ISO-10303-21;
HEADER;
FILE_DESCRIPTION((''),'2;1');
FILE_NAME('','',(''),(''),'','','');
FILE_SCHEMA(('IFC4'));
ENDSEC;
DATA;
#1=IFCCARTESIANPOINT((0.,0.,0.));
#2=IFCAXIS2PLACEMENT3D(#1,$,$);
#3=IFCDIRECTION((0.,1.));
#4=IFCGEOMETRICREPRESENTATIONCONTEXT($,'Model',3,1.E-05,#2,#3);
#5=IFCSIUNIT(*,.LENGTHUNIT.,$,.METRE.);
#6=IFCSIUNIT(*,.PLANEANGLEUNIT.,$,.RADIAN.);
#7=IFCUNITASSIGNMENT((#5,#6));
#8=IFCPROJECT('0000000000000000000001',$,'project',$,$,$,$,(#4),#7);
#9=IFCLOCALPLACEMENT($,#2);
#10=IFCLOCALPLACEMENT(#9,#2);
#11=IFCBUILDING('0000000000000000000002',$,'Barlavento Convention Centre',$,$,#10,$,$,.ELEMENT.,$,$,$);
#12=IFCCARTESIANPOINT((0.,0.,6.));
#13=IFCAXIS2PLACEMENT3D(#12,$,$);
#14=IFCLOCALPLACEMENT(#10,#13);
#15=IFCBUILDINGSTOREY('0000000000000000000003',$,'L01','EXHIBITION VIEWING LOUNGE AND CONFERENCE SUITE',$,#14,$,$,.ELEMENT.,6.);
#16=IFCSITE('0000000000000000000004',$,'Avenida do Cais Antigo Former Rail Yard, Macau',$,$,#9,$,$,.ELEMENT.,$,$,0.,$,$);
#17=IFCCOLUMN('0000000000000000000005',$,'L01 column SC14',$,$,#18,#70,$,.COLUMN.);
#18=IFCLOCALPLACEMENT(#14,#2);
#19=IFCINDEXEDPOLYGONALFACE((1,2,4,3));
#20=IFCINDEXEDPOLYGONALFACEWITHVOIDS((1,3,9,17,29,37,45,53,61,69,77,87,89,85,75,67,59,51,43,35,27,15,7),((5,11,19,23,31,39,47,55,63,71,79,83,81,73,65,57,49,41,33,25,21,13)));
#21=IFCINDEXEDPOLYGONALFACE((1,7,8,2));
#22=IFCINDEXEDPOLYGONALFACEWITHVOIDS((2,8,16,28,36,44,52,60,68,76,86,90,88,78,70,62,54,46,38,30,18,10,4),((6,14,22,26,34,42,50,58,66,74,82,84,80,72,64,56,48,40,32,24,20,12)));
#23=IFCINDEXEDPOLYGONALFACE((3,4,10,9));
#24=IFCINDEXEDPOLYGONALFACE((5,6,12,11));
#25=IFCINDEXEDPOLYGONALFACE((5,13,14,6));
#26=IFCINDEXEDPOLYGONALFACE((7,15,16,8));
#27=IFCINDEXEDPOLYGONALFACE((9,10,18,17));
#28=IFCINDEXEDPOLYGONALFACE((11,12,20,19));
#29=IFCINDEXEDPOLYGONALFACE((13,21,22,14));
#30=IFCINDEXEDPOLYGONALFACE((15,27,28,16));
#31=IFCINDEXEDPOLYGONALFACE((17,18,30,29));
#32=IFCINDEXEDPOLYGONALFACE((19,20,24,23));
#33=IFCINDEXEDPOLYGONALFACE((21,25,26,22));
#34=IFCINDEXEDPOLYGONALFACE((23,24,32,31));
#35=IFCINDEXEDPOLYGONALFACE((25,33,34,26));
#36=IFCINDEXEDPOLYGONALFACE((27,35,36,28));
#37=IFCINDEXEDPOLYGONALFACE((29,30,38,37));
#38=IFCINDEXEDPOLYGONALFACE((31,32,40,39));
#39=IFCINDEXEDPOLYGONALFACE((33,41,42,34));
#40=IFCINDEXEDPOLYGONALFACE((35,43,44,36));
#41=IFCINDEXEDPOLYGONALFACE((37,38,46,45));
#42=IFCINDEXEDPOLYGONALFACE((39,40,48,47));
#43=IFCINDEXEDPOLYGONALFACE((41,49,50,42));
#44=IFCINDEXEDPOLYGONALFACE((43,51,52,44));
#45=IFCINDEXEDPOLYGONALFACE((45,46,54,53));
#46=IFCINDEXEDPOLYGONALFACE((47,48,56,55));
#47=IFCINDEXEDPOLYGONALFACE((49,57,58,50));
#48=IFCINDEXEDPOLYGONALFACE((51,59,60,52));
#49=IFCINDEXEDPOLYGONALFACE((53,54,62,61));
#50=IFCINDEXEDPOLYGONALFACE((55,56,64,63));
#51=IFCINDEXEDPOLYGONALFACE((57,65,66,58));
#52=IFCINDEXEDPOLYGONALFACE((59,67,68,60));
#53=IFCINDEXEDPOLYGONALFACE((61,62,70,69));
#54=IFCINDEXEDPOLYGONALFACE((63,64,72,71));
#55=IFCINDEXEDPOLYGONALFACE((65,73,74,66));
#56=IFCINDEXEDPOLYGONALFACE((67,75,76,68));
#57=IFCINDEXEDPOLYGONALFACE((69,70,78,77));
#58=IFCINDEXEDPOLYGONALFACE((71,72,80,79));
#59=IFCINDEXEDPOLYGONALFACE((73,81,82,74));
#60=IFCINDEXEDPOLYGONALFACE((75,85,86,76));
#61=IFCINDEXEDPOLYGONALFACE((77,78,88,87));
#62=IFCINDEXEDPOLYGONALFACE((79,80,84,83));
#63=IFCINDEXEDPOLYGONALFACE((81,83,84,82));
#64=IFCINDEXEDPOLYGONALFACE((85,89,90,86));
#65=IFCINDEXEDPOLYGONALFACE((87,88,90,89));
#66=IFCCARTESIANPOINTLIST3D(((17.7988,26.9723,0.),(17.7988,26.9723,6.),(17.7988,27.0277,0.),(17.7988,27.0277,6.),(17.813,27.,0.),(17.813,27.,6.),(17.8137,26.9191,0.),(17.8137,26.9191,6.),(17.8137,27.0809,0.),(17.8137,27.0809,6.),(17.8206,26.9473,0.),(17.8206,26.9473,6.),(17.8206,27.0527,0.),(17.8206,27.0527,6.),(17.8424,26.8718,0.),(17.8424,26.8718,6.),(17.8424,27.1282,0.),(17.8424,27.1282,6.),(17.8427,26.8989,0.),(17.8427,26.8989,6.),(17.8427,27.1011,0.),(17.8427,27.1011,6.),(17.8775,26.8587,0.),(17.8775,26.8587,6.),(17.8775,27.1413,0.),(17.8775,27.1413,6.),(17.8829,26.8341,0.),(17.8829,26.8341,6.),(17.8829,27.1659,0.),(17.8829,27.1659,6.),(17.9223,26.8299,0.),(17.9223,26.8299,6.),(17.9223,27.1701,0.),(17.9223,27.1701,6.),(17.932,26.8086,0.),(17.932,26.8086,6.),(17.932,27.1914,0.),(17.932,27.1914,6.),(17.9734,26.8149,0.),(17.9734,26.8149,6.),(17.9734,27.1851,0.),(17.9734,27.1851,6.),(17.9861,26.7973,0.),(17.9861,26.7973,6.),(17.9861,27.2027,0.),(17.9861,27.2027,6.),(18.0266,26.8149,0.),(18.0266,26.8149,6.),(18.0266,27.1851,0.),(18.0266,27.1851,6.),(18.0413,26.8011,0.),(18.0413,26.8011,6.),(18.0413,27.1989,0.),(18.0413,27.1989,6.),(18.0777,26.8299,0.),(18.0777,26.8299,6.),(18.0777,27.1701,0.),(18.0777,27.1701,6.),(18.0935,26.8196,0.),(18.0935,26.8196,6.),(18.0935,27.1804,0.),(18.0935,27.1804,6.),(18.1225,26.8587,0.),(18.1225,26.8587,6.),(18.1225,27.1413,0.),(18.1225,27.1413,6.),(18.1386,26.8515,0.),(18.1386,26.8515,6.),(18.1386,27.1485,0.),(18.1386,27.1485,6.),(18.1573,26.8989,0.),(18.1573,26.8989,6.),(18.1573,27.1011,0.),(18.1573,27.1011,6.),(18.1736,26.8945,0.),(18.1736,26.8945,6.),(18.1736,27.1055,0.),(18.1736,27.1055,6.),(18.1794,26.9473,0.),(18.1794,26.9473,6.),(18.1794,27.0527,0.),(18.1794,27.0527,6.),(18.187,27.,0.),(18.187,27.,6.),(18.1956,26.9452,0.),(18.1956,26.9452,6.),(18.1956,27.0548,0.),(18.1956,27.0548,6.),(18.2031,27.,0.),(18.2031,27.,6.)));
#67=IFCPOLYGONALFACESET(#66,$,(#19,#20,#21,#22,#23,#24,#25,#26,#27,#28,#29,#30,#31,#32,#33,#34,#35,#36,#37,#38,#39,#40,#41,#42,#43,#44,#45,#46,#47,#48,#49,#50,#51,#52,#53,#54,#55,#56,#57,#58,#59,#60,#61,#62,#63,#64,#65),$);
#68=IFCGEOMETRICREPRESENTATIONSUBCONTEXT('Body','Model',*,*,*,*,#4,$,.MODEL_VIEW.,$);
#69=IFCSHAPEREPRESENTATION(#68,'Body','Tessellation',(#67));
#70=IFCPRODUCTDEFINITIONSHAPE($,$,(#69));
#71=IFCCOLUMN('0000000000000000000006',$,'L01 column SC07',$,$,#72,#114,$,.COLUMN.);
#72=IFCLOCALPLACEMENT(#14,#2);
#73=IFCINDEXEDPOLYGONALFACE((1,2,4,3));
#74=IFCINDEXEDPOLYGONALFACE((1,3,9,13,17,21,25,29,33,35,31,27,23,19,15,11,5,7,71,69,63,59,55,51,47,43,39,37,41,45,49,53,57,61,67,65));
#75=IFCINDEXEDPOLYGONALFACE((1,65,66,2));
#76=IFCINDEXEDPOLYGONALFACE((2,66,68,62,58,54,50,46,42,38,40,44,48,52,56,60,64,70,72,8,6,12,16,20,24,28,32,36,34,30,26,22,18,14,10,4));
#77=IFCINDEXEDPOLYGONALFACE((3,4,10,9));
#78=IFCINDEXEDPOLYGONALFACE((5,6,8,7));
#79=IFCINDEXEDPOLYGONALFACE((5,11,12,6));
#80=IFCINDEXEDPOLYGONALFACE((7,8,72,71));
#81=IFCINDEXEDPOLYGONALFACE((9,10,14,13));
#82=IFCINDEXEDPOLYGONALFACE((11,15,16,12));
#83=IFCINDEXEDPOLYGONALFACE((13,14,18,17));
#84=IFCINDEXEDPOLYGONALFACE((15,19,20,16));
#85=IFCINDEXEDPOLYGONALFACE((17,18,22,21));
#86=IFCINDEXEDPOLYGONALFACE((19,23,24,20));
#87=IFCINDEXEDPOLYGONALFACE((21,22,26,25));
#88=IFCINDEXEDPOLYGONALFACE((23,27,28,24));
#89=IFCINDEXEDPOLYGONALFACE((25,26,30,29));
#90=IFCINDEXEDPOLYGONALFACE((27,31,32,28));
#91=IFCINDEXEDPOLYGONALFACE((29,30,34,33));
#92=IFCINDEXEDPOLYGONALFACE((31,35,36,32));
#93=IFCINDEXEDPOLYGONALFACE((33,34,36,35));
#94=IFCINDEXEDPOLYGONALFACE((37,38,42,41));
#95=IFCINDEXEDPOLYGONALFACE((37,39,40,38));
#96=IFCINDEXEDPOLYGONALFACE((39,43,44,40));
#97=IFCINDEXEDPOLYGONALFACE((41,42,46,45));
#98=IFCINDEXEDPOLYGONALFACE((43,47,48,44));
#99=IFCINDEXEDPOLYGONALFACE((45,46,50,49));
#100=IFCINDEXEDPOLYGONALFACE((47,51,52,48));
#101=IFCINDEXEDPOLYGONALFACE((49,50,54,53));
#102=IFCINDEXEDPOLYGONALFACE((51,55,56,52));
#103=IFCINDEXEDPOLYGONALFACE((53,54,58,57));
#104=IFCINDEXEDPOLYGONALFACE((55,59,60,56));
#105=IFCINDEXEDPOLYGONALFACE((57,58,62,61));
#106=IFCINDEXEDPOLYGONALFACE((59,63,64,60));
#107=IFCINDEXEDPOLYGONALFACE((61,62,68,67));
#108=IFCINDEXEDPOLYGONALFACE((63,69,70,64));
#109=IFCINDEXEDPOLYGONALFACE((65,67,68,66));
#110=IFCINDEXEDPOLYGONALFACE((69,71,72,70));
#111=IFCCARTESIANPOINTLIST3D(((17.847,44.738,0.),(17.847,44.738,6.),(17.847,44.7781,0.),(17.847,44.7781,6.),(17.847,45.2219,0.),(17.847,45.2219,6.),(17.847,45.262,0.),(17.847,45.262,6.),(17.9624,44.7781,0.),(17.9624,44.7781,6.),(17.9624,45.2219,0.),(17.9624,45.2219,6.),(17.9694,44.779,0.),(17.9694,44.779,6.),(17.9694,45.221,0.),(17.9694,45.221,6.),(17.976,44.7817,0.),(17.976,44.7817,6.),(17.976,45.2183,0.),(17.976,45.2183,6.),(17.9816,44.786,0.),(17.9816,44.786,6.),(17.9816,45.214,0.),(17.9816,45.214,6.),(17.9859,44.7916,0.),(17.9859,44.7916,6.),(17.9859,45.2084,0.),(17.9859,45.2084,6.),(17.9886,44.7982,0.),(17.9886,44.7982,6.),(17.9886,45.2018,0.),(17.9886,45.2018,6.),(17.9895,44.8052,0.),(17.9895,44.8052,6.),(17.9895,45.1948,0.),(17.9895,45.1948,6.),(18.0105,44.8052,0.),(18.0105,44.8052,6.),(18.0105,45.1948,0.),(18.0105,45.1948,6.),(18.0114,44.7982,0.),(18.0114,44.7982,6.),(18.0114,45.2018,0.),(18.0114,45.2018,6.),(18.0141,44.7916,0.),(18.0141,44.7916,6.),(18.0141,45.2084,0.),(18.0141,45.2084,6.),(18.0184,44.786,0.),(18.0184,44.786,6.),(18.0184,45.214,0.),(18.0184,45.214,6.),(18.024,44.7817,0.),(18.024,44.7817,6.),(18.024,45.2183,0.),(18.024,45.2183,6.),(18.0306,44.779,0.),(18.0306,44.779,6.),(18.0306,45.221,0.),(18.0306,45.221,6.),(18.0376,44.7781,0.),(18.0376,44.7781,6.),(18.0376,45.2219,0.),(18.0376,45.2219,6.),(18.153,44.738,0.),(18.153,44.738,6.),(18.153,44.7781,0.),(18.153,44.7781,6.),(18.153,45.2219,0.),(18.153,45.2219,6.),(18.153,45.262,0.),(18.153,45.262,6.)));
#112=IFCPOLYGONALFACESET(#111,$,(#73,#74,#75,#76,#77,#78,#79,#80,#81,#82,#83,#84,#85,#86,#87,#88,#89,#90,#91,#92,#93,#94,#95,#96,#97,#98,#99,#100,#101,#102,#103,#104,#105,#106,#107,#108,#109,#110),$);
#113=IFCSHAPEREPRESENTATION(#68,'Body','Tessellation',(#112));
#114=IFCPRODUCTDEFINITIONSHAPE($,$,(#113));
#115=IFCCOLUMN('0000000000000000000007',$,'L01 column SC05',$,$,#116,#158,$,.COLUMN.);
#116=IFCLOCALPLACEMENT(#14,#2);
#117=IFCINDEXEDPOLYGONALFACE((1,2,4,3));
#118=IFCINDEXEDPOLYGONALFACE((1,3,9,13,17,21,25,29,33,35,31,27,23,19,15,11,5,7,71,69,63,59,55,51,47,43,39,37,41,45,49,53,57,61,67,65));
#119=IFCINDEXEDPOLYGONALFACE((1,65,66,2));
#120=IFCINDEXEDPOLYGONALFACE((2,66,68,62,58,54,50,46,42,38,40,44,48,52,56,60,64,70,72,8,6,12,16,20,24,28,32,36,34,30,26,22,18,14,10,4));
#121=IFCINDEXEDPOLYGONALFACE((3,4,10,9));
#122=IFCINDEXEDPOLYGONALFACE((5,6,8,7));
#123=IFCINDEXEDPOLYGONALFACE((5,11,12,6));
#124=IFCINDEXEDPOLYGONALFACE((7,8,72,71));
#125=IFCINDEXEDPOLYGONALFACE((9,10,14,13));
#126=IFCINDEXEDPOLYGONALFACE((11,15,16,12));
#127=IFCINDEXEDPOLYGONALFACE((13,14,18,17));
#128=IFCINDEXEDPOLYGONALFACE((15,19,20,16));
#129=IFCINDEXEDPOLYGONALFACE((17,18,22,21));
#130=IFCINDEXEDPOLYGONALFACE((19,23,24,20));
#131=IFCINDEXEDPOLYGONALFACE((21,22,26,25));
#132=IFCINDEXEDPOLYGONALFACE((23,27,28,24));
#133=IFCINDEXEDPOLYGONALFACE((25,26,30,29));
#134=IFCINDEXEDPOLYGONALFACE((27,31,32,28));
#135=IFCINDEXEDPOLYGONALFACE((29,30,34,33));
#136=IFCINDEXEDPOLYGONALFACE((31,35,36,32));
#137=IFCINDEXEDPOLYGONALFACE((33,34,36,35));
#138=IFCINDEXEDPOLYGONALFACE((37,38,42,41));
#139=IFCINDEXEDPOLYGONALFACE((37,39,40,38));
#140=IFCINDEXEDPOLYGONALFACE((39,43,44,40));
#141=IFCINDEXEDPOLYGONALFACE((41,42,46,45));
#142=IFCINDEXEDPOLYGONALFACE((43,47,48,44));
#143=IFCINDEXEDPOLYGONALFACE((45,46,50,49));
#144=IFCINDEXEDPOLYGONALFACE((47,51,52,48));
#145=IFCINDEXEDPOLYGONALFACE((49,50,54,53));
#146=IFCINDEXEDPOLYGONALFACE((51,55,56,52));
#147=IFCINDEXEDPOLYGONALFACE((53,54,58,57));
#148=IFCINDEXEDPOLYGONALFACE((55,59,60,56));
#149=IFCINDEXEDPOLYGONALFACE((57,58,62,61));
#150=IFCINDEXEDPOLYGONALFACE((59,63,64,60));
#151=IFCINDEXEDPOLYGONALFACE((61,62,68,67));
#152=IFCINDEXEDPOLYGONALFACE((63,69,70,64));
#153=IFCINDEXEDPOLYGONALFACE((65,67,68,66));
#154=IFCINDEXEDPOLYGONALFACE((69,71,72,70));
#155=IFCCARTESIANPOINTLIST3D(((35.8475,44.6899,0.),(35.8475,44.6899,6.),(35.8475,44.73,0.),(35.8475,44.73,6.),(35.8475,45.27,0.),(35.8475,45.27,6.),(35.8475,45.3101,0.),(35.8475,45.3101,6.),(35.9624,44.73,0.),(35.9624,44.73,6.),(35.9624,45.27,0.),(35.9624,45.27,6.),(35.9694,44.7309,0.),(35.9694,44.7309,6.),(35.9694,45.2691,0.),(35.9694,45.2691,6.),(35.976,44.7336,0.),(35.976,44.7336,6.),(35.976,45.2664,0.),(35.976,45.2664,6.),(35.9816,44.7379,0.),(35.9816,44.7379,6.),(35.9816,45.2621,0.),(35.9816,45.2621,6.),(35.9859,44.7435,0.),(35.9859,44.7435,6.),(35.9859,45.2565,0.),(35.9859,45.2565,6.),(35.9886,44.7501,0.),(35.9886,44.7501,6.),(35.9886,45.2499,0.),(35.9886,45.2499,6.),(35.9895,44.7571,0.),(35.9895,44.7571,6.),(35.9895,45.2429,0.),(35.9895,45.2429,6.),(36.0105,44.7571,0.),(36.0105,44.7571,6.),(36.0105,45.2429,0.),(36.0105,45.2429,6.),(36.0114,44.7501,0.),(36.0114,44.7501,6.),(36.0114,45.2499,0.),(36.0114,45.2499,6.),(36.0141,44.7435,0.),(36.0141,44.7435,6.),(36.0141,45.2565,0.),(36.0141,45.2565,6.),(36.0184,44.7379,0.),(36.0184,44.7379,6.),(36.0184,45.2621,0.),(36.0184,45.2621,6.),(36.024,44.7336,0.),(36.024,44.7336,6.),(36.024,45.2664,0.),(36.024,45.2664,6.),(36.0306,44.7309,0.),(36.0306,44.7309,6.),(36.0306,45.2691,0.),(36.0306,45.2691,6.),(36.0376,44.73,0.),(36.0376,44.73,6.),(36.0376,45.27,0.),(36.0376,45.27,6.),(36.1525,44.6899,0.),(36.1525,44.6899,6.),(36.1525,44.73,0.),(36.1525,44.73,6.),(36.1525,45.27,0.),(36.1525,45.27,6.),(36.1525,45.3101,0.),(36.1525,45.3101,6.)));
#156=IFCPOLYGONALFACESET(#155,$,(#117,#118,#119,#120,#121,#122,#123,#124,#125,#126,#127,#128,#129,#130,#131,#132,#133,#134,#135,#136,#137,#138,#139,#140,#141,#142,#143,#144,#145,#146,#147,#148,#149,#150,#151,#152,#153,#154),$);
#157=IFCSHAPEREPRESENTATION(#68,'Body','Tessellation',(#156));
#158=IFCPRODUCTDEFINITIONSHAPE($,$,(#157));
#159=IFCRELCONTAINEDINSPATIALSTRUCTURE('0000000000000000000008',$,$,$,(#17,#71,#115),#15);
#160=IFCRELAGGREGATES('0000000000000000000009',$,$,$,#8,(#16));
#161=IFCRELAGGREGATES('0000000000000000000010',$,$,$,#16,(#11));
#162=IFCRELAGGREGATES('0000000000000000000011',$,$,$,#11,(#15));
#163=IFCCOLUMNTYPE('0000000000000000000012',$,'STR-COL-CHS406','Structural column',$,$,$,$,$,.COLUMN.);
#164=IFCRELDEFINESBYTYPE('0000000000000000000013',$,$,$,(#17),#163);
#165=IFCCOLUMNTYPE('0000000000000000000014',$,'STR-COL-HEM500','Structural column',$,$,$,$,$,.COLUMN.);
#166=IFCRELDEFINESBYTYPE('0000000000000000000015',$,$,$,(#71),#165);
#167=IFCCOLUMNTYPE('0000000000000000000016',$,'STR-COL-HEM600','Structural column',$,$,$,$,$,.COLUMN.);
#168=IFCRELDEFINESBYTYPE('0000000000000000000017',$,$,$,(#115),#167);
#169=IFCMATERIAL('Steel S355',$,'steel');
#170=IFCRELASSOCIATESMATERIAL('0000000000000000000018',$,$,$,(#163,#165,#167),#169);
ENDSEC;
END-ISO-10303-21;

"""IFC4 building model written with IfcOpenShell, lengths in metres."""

from ifc_helpers import new_model, si_unit, direction, frame, origin, origin_2d, place, context, subcontext, project, spatial, hollow_circle, i_section, extrude, material, material_profile, profile_set, type_object, element, save


model = new_model("IFC4")

# Units and contexts
model_context = context("Model", 3, precision=1e-05, world=origin(), true_north=direction((0.0, 1.0)))
body_context = subcontext(model_context, "Body", "Model", "MODEL_VIEW")
ifc_project = project(units=[si_unit("LENGTHUNIT", "METRE"), si_unit("PLANEANGLEUNIT", "RADIAN")], contexts=[model_context])

# Site, building, storey
site_placement = place(None, origin())
site = spatial("IfcSite", under=ifc_project, at=site_placement, Name="Avenida do Cais Antigo Former Rail Yard, Macau", CompositionType="ELEMENT", RefElevation=0.0)
building_placement = place(site_placement, origin())
building = spatial("IfcBuilding", under=site, at=building_placement, Name="Barlavento Convention Centre", CompositionType="ELEMENT")
storey_placement = place(building_placement, frame((0.0, 0.0, 6.0)))
storey = spatial("IfcBuildingStorey", under=building, at=storey_placement, Name="L01", Description="EXHIBITION VIEWING LOUNGE AND CONFERENCE SUITE", CompositionType="ELEMENT", Elevation=6.0)

# Columns
ifc_material_1 = material(Name="Steel S355", Category="steel")
ifc_material_profile_1 = material_profile(ifc_material_1, hollow_circle(Radius=0.2031, WallThickness=0.0161, at=origin_2d()), Name="CHS 406.4x16.0")
ifc_profile_set_1 = profile_set([ifc_material_profile_1], Name="Steel S355")
column_type_1 = type_object("IfcColumnType", Name="STR-COL-CHS406", Description="Structural column", PredefinedType="COLUMN", material=ifc_profile_set_1)
column_1_placement = place(storey_placement, frame((18.0, 27.0, 0.0), z_axis=(0.0, 0.0, 1.0), x_axis=(1.0, 0.0, 0.0)))
element("IfcColumn", 1, at=column_1_placement, inside=storey, type_object=column_type_1, Name="L01 column SC14", PredefinedType="COLUMN", context=body_context, shape_type="SweptSolid", body=[
    extrude(hollow_circle(Radius=0.2031, WallThickness=0.0161, at=origin_2d()), origin(), (0.0, 0.0, 1.0), 6.0),
])
ifc_material_profile_2 = material_profile(ifc_material_1, i_section(OverallWidth=0.3059, OverallDepth=0.5239, WebThickness=0.021, FlangeThickness=0.04, FilletRadius=0.0271, at=origin_2d()), Name="HEM 500")
ifc_profile_set_2 = profile_set([ifc_material_profile_2], Name="Steel S355")
column_type_2 = type_object("IfcColumnType", Name="STR-COL-HEM500", Description="Structural column", PredefinedType="COLUMN", material=ifc_profile_set_2)
column_2_placement = place(storey_placement, frame((18.0, 45.0, 0.0), z_axis=(0.0, 0.0, 1.0), x_axis=(1.0, 0.0, 0.0)))
element("IfcColumn", 2, at=column_2_placement, inside=storey, type_object=column_type_2, Name="L01 column SC07", PredefinedType="COLUMN", context=body_context, shape_type="SweptSolid", body=[
    extrude(i_section(OverallWidth=0.3059, OverallDepth=0.5239, WebThickness=0.021, FlangeThickness=0.04, FilletRadius=0.0271, at=origin_2d()), origin(), (0.0, 0.0, 1.0), 6.0),
])
ifc_material_profile_3 = material_profile(ifc_material_1, i_section(OverallWidth=0.3049, OverallDepth=0.6201, WebThickness=0.021, FlangeThickness=0.04, FilletRadius=0.0271, at=origin_2d()), Name="HEM 600")
ifc_profile_set_3 = profile_set([ifc_material_profile_3], Name="Steel S355")
column_type_3 = type_object("IfcColumnType", Name="STR-COL-HEM600", Description="Structural column", PredefinedType="COLUMN", material=ifc_profile_set_3)
column_3_placement = place(storey_placement, frame((36.0, 45.0, 0.0), z_axis=(0.0, 0.0, 1.0), x_axis=(1.0, 0.0, 0.0)))
element("IfcColumn", 3, at=column_3_placement, inside=storey, type_object=column_type_3, Name="L01 column SC05", PredefinedType="COLUMN", context=body_context, shape_type="SweptSolid", body=[
    extrude(i_section(OverallWidth=0.3049, OverallDepth=0.6201, WebThickness=0.021, FlangeThickness=0.04, FilletRadius=0.0271, at=origin_2d()), origin(), (0.0, 0.0, 1.0), 6.0),
])

save(model, "model.ifc")
